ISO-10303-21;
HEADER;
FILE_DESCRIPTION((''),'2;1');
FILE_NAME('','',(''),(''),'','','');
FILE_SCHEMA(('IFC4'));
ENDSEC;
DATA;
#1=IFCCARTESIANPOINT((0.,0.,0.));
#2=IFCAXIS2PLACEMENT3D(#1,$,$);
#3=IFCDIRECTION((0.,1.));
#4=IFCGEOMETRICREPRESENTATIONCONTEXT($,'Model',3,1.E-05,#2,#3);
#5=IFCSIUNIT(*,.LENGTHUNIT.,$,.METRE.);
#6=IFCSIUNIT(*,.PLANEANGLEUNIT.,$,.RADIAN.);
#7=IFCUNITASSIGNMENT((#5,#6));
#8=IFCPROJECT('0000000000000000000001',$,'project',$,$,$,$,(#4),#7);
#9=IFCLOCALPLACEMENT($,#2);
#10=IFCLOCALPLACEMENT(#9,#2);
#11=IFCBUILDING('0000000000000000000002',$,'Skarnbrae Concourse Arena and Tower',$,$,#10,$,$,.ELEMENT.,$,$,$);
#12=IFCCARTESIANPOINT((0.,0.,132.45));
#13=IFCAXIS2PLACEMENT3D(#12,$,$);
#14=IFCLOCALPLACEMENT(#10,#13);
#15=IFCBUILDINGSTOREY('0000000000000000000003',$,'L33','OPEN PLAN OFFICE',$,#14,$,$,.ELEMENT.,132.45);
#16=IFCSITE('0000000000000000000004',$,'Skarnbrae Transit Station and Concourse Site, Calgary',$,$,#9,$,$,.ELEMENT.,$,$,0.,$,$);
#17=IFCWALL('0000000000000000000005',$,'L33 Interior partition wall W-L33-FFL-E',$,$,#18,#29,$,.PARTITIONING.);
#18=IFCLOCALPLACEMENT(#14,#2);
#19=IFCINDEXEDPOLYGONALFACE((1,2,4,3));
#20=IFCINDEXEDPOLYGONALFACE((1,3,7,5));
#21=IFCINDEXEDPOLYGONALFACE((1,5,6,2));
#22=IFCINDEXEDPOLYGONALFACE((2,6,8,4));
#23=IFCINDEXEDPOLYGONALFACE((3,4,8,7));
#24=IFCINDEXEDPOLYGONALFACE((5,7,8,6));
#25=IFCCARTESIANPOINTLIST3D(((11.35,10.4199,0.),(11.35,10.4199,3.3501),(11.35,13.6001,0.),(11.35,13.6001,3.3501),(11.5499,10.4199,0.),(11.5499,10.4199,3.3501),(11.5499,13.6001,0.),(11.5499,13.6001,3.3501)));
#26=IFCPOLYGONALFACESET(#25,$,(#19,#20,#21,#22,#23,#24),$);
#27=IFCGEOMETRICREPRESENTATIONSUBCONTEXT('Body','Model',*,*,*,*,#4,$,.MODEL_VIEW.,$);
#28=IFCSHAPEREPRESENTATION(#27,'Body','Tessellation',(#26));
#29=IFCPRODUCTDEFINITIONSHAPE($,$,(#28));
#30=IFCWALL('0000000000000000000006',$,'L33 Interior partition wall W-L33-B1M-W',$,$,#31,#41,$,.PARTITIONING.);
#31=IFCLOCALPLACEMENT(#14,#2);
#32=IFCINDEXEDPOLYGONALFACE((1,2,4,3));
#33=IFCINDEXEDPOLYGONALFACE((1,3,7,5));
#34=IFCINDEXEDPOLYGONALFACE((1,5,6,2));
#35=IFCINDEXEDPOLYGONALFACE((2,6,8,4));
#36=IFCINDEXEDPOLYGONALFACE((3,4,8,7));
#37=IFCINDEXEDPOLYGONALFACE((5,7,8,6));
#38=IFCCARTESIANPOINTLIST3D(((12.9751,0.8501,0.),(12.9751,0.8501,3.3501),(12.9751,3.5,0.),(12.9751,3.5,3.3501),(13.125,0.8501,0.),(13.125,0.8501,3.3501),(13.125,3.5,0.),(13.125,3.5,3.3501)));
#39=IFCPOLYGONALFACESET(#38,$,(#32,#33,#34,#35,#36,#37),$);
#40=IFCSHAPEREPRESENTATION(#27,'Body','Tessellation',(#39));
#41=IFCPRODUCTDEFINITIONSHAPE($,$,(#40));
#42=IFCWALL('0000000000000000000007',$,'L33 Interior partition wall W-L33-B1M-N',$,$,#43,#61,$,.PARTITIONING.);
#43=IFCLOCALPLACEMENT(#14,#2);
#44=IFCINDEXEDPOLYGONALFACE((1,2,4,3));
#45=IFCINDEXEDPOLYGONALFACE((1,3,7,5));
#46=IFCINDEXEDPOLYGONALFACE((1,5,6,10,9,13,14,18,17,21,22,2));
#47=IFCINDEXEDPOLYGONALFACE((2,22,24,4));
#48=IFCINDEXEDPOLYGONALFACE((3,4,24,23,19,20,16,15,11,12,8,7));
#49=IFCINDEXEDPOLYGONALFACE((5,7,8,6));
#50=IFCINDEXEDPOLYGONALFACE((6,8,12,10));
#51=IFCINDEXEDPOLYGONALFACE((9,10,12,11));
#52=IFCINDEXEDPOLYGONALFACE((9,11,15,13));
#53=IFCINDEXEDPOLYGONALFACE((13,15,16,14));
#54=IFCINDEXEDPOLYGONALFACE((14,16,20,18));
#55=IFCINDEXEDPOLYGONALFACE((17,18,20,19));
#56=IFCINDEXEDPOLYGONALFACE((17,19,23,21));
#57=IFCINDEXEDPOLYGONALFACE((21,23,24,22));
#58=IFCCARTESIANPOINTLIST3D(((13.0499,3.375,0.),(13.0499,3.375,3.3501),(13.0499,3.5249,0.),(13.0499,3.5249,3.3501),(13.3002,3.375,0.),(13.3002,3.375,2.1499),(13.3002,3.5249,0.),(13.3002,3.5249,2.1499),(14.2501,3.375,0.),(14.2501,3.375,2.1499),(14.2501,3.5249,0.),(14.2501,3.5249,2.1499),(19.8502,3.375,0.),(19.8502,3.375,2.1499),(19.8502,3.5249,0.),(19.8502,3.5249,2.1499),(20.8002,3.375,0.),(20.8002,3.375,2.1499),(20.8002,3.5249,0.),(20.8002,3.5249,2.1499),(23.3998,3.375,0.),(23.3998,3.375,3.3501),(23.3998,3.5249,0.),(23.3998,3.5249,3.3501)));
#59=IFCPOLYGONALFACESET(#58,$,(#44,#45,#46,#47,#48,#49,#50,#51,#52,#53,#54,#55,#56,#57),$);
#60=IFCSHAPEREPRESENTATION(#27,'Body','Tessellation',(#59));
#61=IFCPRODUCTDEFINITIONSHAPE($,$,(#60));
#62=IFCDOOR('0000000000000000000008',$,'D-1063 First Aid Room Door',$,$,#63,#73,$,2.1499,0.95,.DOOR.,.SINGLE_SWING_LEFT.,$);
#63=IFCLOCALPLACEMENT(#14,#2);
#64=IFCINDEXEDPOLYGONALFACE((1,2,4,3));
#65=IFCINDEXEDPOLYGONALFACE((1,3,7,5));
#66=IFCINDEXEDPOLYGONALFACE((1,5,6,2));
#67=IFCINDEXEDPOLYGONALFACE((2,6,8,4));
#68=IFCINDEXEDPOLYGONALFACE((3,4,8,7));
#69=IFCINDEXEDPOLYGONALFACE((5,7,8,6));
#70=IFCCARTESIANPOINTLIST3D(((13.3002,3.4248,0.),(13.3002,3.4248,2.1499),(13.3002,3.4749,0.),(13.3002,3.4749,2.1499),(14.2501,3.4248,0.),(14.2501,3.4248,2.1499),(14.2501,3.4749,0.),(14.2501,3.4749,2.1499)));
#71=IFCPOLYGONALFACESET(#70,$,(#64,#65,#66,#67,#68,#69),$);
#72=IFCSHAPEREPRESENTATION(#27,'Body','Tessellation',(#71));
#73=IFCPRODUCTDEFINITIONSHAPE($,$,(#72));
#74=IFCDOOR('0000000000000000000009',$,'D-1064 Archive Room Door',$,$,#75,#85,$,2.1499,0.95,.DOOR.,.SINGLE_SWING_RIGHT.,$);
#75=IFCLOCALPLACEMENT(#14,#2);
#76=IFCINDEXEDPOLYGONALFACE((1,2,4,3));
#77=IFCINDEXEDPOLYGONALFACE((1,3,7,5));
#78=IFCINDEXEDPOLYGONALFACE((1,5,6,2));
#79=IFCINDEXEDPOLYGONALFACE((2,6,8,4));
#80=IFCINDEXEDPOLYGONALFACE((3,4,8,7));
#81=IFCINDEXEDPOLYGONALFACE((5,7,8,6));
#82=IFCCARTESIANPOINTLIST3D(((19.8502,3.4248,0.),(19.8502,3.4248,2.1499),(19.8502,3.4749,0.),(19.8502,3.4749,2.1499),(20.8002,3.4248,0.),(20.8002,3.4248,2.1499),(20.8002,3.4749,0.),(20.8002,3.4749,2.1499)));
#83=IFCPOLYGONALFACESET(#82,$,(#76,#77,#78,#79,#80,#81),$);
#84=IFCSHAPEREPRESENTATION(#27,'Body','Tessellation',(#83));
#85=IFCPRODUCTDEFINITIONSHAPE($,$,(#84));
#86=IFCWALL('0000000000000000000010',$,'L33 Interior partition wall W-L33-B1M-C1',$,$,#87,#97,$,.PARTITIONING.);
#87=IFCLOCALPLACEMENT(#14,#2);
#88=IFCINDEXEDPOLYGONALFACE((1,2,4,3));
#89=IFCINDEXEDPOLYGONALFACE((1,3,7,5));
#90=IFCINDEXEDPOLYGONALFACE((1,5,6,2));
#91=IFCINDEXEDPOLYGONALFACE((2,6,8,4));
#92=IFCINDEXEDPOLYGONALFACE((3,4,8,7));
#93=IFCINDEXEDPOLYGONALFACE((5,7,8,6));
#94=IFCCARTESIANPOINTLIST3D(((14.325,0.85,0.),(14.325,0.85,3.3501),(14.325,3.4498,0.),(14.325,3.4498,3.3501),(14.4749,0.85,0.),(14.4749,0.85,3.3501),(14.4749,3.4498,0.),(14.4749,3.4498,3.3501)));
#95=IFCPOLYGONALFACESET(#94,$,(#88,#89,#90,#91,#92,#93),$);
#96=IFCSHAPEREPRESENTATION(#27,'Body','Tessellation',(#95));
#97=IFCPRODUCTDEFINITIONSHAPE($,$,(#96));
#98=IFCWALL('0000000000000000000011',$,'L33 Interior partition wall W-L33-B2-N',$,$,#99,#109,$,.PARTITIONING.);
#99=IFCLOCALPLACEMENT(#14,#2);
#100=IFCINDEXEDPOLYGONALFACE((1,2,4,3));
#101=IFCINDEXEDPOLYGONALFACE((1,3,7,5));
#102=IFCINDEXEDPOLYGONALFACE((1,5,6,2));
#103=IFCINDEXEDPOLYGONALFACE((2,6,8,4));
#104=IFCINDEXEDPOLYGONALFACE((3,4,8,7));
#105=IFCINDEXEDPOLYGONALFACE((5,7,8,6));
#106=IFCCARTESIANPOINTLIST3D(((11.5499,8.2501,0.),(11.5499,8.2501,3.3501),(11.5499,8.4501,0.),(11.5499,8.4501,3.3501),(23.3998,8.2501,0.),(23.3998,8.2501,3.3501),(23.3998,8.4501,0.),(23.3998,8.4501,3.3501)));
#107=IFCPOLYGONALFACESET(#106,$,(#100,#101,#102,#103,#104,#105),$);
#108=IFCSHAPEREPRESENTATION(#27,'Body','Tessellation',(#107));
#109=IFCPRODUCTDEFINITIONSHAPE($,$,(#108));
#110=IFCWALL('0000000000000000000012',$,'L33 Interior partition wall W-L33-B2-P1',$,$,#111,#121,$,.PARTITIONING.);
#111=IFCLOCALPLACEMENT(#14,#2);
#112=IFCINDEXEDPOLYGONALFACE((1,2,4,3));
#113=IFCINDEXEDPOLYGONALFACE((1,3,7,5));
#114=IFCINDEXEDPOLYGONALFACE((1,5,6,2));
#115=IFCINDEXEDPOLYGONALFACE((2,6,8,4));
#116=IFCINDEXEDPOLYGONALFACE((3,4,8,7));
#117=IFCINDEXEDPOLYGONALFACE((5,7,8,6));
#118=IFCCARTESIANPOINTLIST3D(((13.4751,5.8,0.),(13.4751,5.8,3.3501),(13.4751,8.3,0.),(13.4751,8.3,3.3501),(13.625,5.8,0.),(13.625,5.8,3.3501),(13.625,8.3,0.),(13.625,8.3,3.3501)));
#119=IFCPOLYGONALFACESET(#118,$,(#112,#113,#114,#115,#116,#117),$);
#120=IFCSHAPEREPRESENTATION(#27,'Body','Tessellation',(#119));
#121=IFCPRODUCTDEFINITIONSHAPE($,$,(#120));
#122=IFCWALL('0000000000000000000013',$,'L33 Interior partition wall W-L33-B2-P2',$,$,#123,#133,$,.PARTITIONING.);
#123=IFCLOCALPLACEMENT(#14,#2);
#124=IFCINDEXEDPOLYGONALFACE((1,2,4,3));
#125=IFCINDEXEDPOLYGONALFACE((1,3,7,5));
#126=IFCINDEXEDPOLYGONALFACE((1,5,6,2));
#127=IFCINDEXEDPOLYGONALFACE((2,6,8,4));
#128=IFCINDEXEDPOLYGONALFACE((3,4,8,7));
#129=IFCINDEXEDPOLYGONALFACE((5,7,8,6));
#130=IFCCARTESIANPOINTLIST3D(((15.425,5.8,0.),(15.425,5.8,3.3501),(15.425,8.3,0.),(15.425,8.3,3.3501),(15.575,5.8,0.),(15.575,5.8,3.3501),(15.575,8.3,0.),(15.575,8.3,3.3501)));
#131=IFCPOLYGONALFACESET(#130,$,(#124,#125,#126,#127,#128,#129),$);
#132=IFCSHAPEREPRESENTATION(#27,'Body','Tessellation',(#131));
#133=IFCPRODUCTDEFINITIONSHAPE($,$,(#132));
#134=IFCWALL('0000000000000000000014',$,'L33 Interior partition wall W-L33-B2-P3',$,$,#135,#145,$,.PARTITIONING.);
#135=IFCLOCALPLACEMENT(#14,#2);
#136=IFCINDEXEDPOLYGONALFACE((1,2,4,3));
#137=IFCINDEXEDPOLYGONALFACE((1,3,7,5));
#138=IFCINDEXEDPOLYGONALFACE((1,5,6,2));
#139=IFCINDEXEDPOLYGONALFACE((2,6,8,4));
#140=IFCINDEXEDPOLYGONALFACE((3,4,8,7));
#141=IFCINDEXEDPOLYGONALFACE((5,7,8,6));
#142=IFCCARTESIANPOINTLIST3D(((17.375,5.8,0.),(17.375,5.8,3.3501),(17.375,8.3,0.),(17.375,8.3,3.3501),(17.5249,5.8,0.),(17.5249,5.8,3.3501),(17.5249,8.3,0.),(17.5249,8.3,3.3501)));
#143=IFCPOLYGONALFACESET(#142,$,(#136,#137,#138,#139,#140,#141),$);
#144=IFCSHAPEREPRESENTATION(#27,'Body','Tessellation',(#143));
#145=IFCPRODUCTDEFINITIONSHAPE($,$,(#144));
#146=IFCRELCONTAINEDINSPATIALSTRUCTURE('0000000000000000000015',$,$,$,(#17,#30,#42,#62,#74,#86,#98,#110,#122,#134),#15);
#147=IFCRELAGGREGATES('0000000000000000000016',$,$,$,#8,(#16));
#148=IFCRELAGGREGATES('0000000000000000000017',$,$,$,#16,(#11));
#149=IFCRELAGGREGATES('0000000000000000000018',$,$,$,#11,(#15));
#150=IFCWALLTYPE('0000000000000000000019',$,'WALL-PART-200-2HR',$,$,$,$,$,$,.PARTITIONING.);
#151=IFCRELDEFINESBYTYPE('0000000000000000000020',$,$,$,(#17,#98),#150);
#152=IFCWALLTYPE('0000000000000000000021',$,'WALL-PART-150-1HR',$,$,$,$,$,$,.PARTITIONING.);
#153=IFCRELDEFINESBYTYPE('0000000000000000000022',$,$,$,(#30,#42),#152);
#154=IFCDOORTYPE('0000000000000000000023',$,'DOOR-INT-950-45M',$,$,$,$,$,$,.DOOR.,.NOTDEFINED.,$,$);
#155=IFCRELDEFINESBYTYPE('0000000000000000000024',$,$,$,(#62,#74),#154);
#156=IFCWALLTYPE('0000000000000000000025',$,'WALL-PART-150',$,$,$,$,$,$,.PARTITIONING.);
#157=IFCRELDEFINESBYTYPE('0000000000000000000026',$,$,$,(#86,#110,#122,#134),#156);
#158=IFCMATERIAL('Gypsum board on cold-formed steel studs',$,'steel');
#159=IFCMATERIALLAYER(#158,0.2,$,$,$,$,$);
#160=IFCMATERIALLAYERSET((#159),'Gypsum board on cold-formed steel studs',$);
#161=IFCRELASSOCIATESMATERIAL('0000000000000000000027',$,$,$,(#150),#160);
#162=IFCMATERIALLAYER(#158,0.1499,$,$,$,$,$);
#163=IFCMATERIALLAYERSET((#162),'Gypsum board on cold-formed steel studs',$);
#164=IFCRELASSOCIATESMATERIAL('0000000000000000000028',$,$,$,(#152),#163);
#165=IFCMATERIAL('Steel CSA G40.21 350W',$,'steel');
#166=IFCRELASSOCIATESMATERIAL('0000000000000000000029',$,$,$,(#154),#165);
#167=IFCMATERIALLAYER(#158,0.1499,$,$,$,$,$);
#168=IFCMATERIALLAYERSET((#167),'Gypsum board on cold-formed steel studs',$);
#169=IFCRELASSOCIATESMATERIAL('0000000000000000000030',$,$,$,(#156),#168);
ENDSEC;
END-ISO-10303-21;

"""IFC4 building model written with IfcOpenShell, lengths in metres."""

from ifc_helpers import new_model, si_unit, direction, frame, frame_2d, origin, place, context, subcontext, project, spatial, rectangle, extrude, source, transform, mapped, material, layer, layer_set, type_object, element, fill, save


model = new_model("IFC4")

# Units and contexts
model_context = context("Model", 3, precision=1e-05, world=origin(), true_north=direction((0.0, 1.0)))
body_context = subcontext(model_context, "Body", "Model", "MODEL_VIEW")
ifc_project = project(units=[si_unit("LENGTHUNIT", "METRE"), si_unit("PLANEANGLEUNIT", "RADIAN")], contexts=[model_context])

# Site, building, storey
site_placement = place(None, origin())
site = spatial("IfcSite", under=ifc_project, at=site_placement, Name="Skarnbrae Transit Station and Concourse Site, Calgary", CompositionType="ELEMENT", RefElevation=0.0)
building_placement = place(site_placement, origin())
building = spatial("IfcBuilding", under=site, at=building_placement, Name="Skarnbrae Concourse Arena and Tower", CompositionType="ELEMENT")
storey_placement = place(building_placement, frame((0.0, 0.0, 132.45)))
storey = spatial("IfcBuildingStorey", under=building, at=storey_placement, Name="L33", Description="OPEN PLAN OFFICE", CompositionType="ELEMENT", Elevation=132.45)

# Wall
ifc_material_1 = material(Name="Gypsum board on cold-formed steel studs", Category="steel")
ifc_layer_1 = layer(ifc_material_1, 0.2)
ifc_layer_set_1 = layer_set([ifc_layer_1], Name="Gypsum board on cold-formed steel studs")
wall_type_1 = type_object("IfcWallType", Name="WALL-PART-200-2HR", PredefinedType="PARTITIONING", material=ifc_layer_set_1)
shared_shape_1 = source(origin(), body_context, "Body", "SweptSolid", [
    extrude(rectangle(XDim=3.1802, YDim=0.2, at=frame_2d((1.5901, 0.0))), origin(), (0.0, 0.0, 1.0), 3.3501),
])
wall_1_placement = place(storey_placement, frame((11.45, 10.4199, 0.0), z_axis=(0.0, 0.0, 1.0), x_axis=(0.0, 1.0, 0.0)))
element("IfcWall", 1, at=wall_1_placement, inside=storey, type_object=wall_type_1, Name="L33 Interior partition wall W-L33-FFL-E", PredefinedType="PARTITIONING", context=body_context, shape_type="MappedRepresentation", body=[
    mapped(shared_shape_1, transform((0.0, 0.0, 0.0))),
])

# Shared definitions
ifc_material_2 = material(Name="Steel CSA G40.21 350W", Category="steel")

# Wall
ifc_layer_2 = layer(ifc_material_1, 0.1499)
ifc_layer_set_2 = layer_set([ifc_layer_2], Name="Gypsum board on cold-formed steel studs")
wall_type_2 = type_object("IfcWallType", Name="WALL-PART-150-1HR", PredefinedType="PARTITIONING", material=ifc_layer_set_2)
shared_shape_2 = source(origin(), body_context, "Body", "SweptSolid", [
    extrude(rectangle(XDim=2.6499, YDim=0.1499, at=frame_2d((1.325, 0.0))), origin(), (0.0, 0.0, 1.0), 3.3501),
])
wall_2_placement = place(storey_placement, frame((13.05, 0.8501, 0.0), z_axis=(0.0, 0.0, 1.0), x_axis=(0.0, 1.0, 0.0)))
element("IfcWall", 2, at=wall_2_placement, inside=storey, type_object=wall_type_2, Name="L33 Interior partition wall W-L33-B1M-W", PredefinedType="PARTITIONING", context=body_context, shape_type="MappedRepresentation", body=[
    mapped(shared_shape_2, transform((0.0, 0.0, 0.0))),
])

# Wall, openings, doors
shared_shape_3 = source(origin(), body_context, "Body", "SweptSolid", [
    extrude(rectangle(XDim=10.3499, YDim=0.1499, at=frame_2d((5.1748, 0.0))), origin(), (0.0, 0.0, 1.0), 3.3501),
])
wall_3_placement = place(storey_placement, frame((13.05, 3.45, 0.0), z_axis=(0.0, 0.0, 1.0), x_axis=(1.0, 0.0, 0.0)))
wall_3 = element("IfcWall", 3, at=wall_3_placement, inside=storey, type_object=wall_type_2, Name="L33 Interior partition wall W-L33-B1M-N", PredefinedType="PARTITIONING", context=body_context, shape_type="MappedRepresentation", body=[
    mapped(shared_shape_3, transform((0.0, 0.0, 0.0))),
])
opening_1_placement = place(wall_3_placement, frame((0.25, 0.0, 0.0)))
opening_1 = element("IfcOpeningElement", 4, at=opening_1_placement, cuts=wall_3, PredefinedType="OPENING", context=body_context, shape_type="SweptSolid", body=[
    extrude(rectangle(XDim=0.95, YDim=2.1499, at=frame_2d((0.4751, 1.075))), frame((0.0, 0.085, 0.0), z_axis=(0.0, -1.0, 0.0), x_axis=(1.0, 0.0, 0.0)), (0.0, 0.0, 1.0), 0.1699),
])
opening_2_placement = place(wall_3_placement, frame((6.8, 0.0, 0.0)))
opening_2 = element("IfcOpeningElement", 5, at=opening_2_placement, cuts=wall_3, PredefinedType="OPENING", context=body_context, shape_type="SweptSolid", body=[
    extrude(rectangle(XDim=0.95, YDim=2.1499, at=frame_2d((0.4751, 1.075))), frame((0.0, 0.085, 0.0), z_axis=(0.0, -1.0, 0.0), x_axis=(1.0, 0.0, 0.0)), (0.0, 0.0, 1.0), 0.1699),
])
door_type_1 = type_object("IfcDoorType", Name="DOOR-INT-950-45M", OperationType="NOTDEFINED", PredefinedType="DOOR", material=ifc_material_2)
shared_shape_4 = source(origin(), body_context, "Body", "SweptSolid", [
    extrude(rectangle(XDim=0.95, YDim=2.1499, at=frame_2d((0.4751, 1.075))), frame((0.0, 0.0249, 0.0), z_axis=(0.0, -1.0, 0.0), x_axis=(1.0, 0.0, 0.0)), (0.0, 0.0, 1.0), 0.05),
])
door_1_placement = place(opening_1_placement, origin())
door_1 = element("IfcDoor", 6, at=door_1_placement, inside=storey, type_object=door_type_1, Name="D-1063 First Aid Room Door", OperationType="SINGLE_SWING_LEFT", OverallHeight=2.1499, OverallWidth=0.95, PredefinedType="DOOR", context=body_context, shape_type="MappedRepresentation", body=[
    mapped(shared_shape_4, transform((0.0, 0.0, 0.0))),
])
fill(opening_1, door_1)
door_2_placement = place(opening_2_placement, origin())
door_2 = element("IfcDoor", 7, at=door_2_placement, inside=storey, type_object=door_type_1, Name="D-1064 Archive Room Door", OperationType="SINGLE_SWING_RIGHT", OverallHeight=2.1499, OverallWidth=0.95, PredefinedType="DOOR", context=body_context, shape_type="MappedRepresentation", body=[
    mapped(shared_shape_4, transform((0.0, 0.0, 0.0))),
])
fill(opening_2, door_2)

# Wall
ifc_layer_3 = layer(ifc_material_1, 0.1499)
ifc_layer_set_3 = layer_set([ifc_layer_3], Name="Gypsum board on cold-formed steel studs")
wall_type_3 = type_object("IfcWallType", Name="WALL-PART-150", PredefinedType="PARTITIONING", material=ifc_layer_set_3)
shared_shape_5 = source(origin(), body_context, "Body", "SweptSolid", [
    extrude(rectangle(XDim=2.5999, YDim=0.1499, at=frame_2d((1.2998, 0.0))), origin(), (0.0, 0.0, 1.0), 3.3501),
])
wall_4_placement = place(storey_placement, frame((14.3999, 0.8501, 0.0), z_axis=(0.0, 0.0, 1.0), x_axis=(0.0, 1.0, 0.0)))
element("IfcWall", 8, at=wall_4_placement, inside=storey, type_object=wall_type_3, Name="L33 Interior partition wall W-L33-B1M-C1", PredefinedType="PARTITIONING", context=body_context, shape_type="MappedRepresentation", body=[
    mapped(shared_shape_5, transform((0.0, 0.0, 0.0))),
])

# Shared definitions
shared_shape_6 = source(origin(), body_context, "Body", "SweptSolid", [
    extrude(rectangle(XDim=11.8499, YDim=0.2, at=frame_2d((5.9248, 0.0))), origin(), (0.0, 0.0, 1.0), 3.3501),
])

# Walls
wall_5_placement = place(storey_placement, frame((11.55, 8.3501, 0.0), z_axis=(0.0, 0.0, 1.0), x_axis=(1.0, 0.0, 0.0)))
element("IfcWall", 9, at=wall_5_placement, inside=storey, type_object=wall_type_1, Name="L33 Interior partition wall W-L33-B2-N", PredefinedType="PARTITIONING", context=body_context, shape_type="MappedRepresentation", body=[
    mapped(shared_shape_6, transform((0.0, 0.0, 0.0))),
])
shared_shape_7 = source(origin(), body_context, "Body", "SweptSolid", [
    extrude(rectangle(XDim=2.5, YDim=0.1499, at=frame_2d((1.25, 0.0))), origin(), (0.0, 0.0, 1.0), 3.3501),
])
for number, where, z_axis, x_axis, name in (
    (10, (13.55, 5.8, 0.0), (0.0, 0.0, 1.0), (0.0, 1.0, 0.0), "L33 Interior partition wall W-L33-B2-P1"),
    (11, (15.5, 5.8, 0.0), (0.0, 0.0, 1.0), (0.0, 1.0, 0.0), "L33 Interior partition wall W-L33-B2-P2"),
    (12, (17.45, 5.8, 0.0), (0.0, 0.0, 1.0), (0.0, 1.0, 0.0), "L33 Interior partition wall W-L33-B2-P3"),
):
    element("IfcWall", number, at=place(storey_placement, frame(where, z_axis=z_axis, x_axis=x_axis)), inside=storey, type_object=wall_type_3, Name=name, PredefinedType="PARTITIONING", context=body_context, shape_type="MappedRepresentation", body=[
        mapped(shared_shape_7, transform((0.0, 0.0, 0.0))),
    ])

save(model, "model.ifc")
